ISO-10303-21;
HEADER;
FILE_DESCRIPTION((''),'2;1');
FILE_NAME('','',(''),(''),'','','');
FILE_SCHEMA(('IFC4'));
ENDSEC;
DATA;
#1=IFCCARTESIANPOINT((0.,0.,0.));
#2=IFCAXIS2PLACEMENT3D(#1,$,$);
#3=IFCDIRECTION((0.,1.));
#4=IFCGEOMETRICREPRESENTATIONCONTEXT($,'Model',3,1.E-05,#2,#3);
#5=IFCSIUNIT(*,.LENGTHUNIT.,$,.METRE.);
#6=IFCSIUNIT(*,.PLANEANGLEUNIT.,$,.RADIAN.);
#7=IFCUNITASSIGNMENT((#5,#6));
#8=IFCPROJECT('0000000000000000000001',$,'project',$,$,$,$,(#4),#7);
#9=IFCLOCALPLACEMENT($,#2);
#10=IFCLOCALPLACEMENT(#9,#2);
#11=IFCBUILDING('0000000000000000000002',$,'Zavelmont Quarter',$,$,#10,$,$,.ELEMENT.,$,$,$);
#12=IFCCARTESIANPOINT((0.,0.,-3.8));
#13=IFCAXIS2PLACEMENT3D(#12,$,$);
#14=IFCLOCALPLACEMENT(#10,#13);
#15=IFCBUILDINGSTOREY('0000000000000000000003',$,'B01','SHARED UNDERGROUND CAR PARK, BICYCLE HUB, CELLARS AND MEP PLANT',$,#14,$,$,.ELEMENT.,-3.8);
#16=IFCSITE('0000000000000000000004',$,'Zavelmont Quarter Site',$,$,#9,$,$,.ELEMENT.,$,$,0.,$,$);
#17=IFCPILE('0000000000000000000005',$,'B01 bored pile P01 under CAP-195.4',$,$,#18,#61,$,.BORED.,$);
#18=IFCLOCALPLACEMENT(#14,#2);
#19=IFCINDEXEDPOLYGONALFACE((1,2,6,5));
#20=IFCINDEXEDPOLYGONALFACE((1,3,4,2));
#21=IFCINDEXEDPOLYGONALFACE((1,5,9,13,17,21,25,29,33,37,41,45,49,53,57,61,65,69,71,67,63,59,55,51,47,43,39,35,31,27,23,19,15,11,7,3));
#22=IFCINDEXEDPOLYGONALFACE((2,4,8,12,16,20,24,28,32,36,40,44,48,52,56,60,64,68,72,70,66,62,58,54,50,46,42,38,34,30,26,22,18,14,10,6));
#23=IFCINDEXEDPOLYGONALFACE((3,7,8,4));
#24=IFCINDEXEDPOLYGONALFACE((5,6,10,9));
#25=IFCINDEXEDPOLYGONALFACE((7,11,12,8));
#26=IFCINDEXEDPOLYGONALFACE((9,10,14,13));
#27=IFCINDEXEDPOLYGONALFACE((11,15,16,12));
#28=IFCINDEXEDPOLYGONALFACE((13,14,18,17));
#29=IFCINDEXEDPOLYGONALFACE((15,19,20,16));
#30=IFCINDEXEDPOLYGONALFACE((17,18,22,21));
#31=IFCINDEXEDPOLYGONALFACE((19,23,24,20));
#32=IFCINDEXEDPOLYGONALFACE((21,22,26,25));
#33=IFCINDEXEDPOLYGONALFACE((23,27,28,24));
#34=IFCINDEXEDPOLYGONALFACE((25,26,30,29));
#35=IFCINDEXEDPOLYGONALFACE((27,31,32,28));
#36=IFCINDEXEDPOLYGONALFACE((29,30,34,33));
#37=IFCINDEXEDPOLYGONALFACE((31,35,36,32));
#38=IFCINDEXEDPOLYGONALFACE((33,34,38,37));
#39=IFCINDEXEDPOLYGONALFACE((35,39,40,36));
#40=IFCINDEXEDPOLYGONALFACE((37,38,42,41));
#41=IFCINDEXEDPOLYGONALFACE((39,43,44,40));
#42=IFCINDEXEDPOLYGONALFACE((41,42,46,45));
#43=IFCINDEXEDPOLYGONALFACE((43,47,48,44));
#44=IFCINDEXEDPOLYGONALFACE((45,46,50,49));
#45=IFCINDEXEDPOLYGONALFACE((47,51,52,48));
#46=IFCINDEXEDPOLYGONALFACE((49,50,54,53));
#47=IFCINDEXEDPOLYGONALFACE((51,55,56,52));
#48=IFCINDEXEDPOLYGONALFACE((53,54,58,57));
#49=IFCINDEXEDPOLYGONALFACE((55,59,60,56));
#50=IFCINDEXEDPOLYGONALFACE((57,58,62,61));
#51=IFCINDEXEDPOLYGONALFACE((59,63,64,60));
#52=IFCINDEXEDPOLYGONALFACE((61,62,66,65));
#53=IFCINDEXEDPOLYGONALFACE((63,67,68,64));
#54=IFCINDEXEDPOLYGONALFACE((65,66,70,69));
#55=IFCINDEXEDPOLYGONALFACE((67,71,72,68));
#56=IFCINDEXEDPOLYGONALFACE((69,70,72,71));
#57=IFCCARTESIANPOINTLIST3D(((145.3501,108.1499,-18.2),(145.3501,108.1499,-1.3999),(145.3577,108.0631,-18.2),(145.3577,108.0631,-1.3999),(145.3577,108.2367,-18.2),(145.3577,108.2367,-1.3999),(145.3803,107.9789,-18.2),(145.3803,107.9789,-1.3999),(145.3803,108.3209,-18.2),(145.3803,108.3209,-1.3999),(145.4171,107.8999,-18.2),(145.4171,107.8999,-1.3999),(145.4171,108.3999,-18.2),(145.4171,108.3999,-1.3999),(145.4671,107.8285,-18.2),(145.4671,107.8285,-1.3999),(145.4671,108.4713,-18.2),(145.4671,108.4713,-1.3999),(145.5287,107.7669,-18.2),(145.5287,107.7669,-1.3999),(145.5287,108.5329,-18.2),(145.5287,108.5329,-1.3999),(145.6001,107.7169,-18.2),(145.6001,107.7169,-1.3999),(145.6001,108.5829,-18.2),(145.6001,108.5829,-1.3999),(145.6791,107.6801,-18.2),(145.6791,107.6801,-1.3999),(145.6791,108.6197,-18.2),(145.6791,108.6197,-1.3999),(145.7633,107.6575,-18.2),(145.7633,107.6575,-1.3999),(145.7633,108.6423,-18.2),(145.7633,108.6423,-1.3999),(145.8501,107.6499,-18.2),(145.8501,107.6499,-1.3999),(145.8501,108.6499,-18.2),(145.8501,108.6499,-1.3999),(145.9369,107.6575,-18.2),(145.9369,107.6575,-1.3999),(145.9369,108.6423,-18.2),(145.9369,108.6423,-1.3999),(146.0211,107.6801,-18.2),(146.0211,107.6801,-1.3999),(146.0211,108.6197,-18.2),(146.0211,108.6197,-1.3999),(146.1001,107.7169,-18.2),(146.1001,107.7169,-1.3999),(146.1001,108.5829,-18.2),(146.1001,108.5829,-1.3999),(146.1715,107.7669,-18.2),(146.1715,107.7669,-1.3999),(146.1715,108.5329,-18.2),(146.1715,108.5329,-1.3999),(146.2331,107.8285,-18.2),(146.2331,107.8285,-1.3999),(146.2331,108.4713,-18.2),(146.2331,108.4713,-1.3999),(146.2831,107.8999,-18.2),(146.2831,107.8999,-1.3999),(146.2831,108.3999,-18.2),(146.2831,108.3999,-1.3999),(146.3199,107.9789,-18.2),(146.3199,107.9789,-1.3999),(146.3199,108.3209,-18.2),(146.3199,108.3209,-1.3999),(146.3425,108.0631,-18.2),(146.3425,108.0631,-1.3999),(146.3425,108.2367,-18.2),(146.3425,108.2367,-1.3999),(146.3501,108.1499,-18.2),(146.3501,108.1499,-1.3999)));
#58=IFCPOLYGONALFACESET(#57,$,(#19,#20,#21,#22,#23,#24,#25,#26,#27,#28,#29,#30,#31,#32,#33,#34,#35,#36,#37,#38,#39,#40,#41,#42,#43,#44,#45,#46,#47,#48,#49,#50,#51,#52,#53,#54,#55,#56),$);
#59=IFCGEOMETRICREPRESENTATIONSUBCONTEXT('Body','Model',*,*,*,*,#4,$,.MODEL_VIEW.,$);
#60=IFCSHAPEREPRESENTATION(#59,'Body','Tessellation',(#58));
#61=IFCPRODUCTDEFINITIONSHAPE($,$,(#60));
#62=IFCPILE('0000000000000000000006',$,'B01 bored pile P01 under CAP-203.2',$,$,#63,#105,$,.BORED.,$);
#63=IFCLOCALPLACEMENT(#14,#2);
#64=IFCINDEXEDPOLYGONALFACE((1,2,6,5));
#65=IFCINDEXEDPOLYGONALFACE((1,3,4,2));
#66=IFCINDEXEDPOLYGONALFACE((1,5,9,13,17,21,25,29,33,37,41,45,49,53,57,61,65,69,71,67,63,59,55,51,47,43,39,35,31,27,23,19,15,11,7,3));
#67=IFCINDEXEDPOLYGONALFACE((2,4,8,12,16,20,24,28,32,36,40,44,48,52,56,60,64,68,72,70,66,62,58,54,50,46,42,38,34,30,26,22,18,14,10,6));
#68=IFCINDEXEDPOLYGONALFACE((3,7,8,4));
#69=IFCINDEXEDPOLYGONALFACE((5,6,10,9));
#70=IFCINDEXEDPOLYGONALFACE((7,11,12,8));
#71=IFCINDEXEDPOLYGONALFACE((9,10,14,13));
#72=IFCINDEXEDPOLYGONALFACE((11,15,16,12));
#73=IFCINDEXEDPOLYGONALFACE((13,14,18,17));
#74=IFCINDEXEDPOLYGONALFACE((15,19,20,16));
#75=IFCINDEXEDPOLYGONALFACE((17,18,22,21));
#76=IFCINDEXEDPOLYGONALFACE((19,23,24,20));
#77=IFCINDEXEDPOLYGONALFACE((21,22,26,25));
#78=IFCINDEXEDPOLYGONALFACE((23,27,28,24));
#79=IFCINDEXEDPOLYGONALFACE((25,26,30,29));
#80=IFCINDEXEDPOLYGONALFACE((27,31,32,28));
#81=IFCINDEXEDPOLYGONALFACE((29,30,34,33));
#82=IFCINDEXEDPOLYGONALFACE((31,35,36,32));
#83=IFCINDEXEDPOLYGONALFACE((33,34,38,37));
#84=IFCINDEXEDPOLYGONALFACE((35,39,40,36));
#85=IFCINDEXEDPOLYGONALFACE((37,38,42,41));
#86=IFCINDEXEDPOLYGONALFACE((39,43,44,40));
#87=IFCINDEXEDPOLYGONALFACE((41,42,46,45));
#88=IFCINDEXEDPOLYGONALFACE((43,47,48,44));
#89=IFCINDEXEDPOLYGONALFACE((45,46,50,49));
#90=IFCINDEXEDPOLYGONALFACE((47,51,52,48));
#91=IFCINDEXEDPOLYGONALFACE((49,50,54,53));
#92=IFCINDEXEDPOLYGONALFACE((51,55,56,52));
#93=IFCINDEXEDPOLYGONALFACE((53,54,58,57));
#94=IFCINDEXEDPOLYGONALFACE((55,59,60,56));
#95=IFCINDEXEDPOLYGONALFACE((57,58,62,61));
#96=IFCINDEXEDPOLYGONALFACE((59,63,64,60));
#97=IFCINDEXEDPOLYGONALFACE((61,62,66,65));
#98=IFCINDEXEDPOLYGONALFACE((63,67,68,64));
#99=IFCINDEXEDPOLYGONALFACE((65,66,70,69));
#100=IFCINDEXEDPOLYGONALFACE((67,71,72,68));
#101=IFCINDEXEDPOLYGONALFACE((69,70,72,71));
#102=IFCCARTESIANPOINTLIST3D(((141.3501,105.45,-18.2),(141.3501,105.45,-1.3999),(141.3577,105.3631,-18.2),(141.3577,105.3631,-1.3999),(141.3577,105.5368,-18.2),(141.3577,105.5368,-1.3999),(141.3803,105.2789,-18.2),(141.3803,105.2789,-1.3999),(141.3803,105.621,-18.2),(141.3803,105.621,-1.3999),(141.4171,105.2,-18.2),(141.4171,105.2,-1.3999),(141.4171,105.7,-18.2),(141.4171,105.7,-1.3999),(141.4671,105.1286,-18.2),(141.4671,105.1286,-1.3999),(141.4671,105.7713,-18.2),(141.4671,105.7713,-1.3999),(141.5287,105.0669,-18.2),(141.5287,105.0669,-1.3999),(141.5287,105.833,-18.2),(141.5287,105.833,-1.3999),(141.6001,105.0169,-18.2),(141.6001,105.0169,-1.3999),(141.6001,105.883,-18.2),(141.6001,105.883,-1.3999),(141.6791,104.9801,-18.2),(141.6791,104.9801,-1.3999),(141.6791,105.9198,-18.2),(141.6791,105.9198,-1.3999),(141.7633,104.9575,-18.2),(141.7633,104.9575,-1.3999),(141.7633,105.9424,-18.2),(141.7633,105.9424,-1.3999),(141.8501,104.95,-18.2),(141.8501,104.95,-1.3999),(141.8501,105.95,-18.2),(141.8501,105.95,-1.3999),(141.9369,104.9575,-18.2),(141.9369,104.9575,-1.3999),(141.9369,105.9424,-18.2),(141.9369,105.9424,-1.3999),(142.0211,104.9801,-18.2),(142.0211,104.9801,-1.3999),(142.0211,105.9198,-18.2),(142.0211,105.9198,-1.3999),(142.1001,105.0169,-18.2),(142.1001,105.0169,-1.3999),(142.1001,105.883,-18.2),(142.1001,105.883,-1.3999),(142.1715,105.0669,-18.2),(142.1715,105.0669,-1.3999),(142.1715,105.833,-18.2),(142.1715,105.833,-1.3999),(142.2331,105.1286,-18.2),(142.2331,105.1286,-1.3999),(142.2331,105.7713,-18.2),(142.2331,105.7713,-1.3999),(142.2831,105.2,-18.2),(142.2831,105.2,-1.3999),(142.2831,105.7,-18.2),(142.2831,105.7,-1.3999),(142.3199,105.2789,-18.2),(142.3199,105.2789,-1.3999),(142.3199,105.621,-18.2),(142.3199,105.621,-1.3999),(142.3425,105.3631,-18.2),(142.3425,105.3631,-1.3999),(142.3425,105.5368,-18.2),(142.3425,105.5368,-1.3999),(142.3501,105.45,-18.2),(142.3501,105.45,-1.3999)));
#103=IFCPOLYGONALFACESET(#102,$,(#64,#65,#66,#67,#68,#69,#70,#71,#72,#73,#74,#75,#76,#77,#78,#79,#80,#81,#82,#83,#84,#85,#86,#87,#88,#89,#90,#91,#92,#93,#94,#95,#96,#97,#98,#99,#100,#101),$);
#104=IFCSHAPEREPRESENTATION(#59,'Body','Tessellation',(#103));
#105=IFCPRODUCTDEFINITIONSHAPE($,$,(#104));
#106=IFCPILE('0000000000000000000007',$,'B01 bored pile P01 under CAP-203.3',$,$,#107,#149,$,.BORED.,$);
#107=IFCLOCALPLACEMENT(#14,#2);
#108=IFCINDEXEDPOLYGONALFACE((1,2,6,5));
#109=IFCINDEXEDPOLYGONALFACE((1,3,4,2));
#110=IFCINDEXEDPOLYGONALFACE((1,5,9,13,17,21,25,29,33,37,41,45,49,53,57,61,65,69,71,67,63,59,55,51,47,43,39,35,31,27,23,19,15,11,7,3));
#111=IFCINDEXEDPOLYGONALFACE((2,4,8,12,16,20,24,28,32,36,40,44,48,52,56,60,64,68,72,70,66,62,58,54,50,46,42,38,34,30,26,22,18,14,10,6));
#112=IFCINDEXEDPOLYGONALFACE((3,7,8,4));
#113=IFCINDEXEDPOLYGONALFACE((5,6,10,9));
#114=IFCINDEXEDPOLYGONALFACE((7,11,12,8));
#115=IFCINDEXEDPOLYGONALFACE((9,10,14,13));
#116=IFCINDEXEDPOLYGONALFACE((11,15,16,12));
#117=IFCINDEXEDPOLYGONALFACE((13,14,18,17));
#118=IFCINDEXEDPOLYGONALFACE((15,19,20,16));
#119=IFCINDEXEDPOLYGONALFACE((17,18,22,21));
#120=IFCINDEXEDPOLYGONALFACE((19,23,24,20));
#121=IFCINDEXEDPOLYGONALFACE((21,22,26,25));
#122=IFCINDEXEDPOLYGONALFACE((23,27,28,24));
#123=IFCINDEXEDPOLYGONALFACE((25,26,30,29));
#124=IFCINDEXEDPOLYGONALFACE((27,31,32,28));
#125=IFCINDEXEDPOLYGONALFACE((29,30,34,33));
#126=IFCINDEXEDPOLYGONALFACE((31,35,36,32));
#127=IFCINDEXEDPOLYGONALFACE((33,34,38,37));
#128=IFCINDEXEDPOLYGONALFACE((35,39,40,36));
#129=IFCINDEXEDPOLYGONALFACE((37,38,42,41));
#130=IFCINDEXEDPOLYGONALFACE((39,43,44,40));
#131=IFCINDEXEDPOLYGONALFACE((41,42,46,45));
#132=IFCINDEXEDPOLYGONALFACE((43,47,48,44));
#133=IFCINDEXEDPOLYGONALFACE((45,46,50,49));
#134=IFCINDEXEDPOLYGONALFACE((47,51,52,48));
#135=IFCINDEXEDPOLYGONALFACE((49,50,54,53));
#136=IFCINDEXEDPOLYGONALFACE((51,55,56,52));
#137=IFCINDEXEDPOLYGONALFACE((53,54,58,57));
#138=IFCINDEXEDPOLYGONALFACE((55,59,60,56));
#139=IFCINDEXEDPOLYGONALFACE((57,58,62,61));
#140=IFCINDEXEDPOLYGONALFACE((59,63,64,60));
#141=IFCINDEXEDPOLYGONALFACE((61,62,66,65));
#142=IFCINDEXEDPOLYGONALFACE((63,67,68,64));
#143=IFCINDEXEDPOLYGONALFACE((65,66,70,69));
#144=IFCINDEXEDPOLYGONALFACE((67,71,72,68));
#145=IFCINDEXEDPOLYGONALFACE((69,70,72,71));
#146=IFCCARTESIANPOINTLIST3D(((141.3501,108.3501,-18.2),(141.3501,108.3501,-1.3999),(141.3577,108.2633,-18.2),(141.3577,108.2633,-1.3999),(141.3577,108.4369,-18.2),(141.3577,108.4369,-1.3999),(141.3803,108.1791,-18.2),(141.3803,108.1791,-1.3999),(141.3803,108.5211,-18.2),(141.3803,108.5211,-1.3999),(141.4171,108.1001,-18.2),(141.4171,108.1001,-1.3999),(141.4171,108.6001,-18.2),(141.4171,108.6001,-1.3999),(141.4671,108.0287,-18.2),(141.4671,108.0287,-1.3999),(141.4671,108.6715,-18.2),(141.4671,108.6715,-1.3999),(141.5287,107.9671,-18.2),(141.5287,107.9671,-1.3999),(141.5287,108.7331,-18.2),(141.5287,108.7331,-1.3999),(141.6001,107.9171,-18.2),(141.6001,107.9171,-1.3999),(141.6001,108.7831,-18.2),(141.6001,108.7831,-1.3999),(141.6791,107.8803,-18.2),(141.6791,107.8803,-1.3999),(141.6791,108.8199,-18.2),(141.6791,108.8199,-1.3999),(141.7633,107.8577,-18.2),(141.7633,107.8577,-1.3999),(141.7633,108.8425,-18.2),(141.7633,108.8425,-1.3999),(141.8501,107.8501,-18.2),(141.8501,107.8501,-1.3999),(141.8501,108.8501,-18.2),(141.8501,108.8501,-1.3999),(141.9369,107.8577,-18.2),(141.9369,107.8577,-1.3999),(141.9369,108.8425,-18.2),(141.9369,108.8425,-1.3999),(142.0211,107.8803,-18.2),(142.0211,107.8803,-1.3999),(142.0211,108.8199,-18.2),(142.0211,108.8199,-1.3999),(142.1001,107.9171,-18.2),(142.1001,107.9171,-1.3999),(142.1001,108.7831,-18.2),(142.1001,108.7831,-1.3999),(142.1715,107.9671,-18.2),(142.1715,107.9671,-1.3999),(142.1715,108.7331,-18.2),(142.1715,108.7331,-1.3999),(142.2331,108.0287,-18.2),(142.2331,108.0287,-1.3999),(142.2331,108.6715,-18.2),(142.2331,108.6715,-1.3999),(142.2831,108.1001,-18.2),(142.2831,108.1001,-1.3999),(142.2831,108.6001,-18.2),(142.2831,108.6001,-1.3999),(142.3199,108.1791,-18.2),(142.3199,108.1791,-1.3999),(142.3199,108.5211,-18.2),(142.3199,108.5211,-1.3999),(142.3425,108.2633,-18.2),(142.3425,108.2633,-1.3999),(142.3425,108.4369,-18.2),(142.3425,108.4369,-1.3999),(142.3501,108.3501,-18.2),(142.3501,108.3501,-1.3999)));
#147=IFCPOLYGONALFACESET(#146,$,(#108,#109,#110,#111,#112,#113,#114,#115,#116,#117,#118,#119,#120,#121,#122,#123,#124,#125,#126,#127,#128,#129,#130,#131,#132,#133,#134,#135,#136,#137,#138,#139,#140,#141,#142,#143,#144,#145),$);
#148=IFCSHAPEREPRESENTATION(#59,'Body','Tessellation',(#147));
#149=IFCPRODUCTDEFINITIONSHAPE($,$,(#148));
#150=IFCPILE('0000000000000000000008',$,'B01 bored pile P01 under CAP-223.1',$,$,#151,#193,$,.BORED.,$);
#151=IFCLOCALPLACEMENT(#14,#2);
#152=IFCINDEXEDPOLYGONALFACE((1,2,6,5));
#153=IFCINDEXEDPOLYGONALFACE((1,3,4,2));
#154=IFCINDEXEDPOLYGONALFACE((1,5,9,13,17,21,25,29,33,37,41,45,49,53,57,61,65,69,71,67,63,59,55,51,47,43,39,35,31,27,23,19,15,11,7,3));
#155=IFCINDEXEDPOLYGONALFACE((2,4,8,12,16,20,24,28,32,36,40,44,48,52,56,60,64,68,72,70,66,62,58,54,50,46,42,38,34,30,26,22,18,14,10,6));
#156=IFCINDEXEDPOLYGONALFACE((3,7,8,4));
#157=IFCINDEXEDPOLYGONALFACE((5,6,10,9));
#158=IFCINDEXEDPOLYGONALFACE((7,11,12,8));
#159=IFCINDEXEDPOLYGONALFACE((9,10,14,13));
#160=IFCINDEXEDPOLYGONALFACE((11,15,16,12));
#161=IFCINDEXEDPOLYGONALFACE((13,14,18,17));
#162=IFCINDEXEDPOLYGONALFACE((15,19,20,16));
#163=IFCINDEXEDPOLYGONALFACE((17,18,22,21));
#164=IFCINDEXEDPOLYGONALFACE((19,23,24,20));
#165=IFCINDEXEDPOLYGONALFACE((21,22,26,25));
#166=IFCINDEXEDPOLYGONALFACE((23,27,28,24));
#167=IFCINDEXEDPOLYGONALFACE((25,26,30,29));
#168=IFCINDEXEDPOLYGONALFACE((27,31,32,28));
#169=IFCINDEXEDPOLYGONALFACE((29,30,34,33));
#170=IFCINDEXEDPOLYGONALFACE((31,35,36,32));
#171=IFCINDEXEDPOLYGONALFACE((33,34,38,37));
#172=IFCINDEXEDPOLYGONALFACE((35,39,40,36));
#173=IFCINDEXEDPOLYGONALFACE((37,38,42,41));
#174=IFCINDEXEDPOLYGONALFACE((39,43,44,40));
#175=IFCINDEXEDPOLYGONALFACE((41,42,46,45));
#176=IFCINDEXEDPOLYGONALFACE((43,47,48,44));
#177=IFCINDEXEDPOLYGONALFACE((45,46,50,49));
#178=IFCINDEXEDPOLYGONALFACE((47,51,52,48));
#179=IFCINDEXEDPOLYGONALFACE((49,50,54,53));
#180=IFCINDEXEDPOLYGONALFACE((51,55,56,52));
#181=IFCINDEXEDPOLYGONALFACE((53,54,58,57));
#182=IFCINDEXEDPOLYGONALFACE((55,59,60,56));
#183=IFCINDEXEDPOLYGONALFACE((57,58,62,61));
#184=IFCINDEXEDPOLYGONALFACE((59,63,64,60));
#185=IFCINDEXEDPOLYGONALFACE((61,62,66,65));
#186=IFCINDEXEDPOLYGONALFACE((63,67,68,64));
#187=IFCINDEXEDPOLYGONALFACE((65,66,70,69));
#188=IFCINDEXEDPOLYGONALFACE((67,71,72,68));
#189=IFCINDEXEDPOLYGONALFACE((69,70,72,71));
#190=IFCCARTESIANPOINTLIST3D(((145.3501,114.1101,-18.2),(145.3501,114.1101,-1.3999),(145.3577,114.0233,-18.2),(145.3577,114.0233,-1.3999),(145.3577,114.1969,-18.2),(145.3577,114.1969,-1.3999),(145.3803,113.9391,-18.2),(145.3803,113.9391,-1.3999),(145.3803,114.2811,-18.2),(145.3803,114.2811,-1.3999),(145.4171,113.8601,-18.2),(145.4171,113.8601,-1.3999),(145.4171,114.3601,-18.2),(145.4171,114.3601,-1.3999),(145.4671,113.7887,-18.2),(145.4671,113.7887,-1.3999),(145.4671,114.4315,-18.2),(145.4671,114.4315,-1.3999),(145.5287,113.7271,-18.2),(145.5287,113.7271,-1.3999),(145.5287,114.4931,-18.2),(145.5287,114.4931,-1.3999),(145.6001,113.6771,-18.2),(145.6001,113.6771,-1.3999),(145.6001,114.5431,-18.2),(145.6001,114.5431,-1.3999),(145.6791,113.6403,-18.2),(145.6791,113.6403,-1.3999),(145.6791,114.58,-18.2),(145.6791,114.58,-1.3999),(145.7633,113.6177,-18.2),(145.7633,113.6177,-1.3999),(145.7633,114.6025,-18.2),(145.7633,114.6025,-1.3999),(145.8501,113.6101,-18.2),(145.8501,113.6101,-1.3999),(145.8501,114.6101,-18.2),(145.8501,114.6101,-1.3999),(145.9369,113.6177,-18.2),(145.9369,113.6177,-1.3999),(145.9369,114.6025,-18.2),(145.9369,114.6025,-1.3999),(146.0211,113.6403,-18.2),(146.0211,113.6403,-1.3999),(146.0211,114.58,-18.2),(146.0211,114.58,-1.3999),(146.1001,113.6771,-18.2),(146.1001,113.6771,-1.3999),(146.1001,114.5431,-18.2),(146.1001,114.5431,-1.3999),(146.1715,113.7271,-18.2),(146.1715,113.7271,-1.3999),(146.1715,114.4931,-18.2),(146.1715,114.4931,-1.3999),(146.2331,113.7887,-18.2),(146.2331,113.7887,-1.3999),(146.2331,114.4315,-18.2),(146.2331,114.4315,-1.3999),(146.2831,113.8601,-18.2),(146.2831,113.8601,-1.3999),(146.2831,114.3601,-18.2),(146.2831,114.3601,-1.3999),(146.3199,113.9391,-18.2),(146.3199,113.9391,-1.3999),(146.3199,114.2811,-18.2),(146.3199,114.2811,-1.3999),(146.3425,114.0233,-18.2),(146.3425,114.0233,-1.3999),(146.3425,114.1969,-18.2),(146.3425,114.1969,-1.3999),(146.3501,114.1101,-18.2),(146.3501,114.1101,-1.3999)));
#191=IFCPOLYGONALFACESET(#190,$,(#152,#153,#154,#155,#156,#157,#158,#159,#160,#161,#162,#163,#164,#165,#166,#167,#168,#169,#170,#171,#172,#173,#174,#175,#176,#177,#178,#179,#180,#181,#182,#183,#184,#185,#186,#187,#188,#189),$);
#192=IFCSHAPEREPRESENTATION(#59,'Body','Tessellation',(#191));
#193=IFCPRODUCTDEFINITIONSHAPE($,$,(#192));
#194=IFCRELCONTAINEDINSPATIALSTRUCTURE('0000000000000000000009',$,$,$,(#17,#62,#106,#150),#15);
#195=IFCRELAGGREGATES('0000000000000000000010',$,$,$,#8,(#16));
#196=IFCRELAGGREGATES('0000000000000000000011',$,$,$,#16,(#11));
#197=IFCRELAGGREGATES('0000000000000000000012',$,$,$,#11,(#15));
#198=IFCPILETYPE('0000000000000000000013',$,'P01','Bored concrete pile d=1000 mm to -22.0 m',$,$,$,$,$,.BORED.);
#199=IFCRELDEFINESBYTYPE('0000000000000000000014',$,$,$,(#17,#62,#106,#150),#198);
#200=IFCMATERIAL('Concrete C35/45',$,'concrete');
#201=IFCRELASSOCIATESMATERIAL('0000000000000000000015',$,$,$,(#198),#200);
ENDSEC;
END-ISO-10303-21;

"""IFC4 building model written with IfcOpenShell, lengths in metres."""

from ifc_helpers import new_model, si_unit, direction, frame, origin, origin_2d, place, context, subcontext, project, spatial, circle, extrude, material, material_profile, profile_set, type_object, element, save


model = new_model("IFC4")

# Units and contexts
model_context = context("Model", 3, precision=1e-05, world=origin(), true_north=direction((0.0, 1.0)))
body_context = subcontext(model_context, "Body", "Model", "MODEL_VIEW")
ifc_project = project(units=[si_unit("LENGTHUNIT", "METRE"), si_unit("PLANEANGLEUNIT", "RADIAN")], contexts=[model_context])

# Site, building, storey
site_placement = place(None, origin())
site = spatial("IfcSite", under=ifc_project, at=site_placement, Name="Zavelmont Quarter Site", CompositionType="ELEMENT", RefElevation=0.0)
building_placement = place(site_placement, origin())
building = spatial("IfcBuilding", under=site, at=building_placement, Name="Zavelmont Quarter", CompositionType="ELEMENT")
storey_placement = place(building_placement, frame((0.0, 0.0, -3.8)))
storey = spatial("IfcBuildingStorey", under=building, at=storey_placement, Name="B01", Description="SHARED UNDERGROUND CAR PARK, BICYCLE HUB, CELLARS AND MEP PLANT", CompositionType="ELEMENT", Elevation=-3.8)

# Shared definitions
ifc_material_1 = material(Name="Concrete C35/45", Category="concrete")

# Piles
ifc_material_profile_1 = material_profile(ifc_material_1, circle(Radius=0.5, at=origin_2d()), Name="BP1000")
ifc_profile_set_1 = profile_set([ifc_material_profile_1], Name="Concrete C35/45")
pile_type_1 = type_object("IfcPileType", Name="P01", Description="Bored concrete pile d=1000 mm to -22.0 m", PredefinedType="BORED", material=ifc_profile_set_1)
for number, where, z_axis, x_axis, name in (
    (1, (145.8501, 108.1499, -1.3999), (0.0, 0.0, -1.0), (1.0, 0.0, 0.0), "B01 bored pile P01 under CAP-195.4"),
    (2, (141.8501, 105.45, -1.3999), (0.0, 0.0, -1.0), (1.0, 0.0, 0.0), "B01 bored pile P01 under CAP-203.2"),
    (3, (141.8501, 108.3501, -1.3999), (0.0, 0.0, -1.0), (1.0, 0.0, 0.0), "B01 bored pile P01 under CAP-203.3"),
    (4, (145.8501, 114.1101, -1.3999), (0.0, 0.0, -1.0), (1.0, 0.0, 0.0), "B01 bored pile P01 under CAP-223.1"),
):
    element("IfcPile", number, at=place(storey_placement, frame(where, z_axis=z_axis, x_axis=x_axis)), inside=storey, type_object=pile_type_1, Name=name, PredefinedType="BORED", context=body_context, shape_type="SweptSolid", body=[
        extrude(circle(Radius=0.5, at=origin_2d()), origin(), (0.0, 0.0, 1.0), 16.8),
    ])

save(model, "model.ifc")
